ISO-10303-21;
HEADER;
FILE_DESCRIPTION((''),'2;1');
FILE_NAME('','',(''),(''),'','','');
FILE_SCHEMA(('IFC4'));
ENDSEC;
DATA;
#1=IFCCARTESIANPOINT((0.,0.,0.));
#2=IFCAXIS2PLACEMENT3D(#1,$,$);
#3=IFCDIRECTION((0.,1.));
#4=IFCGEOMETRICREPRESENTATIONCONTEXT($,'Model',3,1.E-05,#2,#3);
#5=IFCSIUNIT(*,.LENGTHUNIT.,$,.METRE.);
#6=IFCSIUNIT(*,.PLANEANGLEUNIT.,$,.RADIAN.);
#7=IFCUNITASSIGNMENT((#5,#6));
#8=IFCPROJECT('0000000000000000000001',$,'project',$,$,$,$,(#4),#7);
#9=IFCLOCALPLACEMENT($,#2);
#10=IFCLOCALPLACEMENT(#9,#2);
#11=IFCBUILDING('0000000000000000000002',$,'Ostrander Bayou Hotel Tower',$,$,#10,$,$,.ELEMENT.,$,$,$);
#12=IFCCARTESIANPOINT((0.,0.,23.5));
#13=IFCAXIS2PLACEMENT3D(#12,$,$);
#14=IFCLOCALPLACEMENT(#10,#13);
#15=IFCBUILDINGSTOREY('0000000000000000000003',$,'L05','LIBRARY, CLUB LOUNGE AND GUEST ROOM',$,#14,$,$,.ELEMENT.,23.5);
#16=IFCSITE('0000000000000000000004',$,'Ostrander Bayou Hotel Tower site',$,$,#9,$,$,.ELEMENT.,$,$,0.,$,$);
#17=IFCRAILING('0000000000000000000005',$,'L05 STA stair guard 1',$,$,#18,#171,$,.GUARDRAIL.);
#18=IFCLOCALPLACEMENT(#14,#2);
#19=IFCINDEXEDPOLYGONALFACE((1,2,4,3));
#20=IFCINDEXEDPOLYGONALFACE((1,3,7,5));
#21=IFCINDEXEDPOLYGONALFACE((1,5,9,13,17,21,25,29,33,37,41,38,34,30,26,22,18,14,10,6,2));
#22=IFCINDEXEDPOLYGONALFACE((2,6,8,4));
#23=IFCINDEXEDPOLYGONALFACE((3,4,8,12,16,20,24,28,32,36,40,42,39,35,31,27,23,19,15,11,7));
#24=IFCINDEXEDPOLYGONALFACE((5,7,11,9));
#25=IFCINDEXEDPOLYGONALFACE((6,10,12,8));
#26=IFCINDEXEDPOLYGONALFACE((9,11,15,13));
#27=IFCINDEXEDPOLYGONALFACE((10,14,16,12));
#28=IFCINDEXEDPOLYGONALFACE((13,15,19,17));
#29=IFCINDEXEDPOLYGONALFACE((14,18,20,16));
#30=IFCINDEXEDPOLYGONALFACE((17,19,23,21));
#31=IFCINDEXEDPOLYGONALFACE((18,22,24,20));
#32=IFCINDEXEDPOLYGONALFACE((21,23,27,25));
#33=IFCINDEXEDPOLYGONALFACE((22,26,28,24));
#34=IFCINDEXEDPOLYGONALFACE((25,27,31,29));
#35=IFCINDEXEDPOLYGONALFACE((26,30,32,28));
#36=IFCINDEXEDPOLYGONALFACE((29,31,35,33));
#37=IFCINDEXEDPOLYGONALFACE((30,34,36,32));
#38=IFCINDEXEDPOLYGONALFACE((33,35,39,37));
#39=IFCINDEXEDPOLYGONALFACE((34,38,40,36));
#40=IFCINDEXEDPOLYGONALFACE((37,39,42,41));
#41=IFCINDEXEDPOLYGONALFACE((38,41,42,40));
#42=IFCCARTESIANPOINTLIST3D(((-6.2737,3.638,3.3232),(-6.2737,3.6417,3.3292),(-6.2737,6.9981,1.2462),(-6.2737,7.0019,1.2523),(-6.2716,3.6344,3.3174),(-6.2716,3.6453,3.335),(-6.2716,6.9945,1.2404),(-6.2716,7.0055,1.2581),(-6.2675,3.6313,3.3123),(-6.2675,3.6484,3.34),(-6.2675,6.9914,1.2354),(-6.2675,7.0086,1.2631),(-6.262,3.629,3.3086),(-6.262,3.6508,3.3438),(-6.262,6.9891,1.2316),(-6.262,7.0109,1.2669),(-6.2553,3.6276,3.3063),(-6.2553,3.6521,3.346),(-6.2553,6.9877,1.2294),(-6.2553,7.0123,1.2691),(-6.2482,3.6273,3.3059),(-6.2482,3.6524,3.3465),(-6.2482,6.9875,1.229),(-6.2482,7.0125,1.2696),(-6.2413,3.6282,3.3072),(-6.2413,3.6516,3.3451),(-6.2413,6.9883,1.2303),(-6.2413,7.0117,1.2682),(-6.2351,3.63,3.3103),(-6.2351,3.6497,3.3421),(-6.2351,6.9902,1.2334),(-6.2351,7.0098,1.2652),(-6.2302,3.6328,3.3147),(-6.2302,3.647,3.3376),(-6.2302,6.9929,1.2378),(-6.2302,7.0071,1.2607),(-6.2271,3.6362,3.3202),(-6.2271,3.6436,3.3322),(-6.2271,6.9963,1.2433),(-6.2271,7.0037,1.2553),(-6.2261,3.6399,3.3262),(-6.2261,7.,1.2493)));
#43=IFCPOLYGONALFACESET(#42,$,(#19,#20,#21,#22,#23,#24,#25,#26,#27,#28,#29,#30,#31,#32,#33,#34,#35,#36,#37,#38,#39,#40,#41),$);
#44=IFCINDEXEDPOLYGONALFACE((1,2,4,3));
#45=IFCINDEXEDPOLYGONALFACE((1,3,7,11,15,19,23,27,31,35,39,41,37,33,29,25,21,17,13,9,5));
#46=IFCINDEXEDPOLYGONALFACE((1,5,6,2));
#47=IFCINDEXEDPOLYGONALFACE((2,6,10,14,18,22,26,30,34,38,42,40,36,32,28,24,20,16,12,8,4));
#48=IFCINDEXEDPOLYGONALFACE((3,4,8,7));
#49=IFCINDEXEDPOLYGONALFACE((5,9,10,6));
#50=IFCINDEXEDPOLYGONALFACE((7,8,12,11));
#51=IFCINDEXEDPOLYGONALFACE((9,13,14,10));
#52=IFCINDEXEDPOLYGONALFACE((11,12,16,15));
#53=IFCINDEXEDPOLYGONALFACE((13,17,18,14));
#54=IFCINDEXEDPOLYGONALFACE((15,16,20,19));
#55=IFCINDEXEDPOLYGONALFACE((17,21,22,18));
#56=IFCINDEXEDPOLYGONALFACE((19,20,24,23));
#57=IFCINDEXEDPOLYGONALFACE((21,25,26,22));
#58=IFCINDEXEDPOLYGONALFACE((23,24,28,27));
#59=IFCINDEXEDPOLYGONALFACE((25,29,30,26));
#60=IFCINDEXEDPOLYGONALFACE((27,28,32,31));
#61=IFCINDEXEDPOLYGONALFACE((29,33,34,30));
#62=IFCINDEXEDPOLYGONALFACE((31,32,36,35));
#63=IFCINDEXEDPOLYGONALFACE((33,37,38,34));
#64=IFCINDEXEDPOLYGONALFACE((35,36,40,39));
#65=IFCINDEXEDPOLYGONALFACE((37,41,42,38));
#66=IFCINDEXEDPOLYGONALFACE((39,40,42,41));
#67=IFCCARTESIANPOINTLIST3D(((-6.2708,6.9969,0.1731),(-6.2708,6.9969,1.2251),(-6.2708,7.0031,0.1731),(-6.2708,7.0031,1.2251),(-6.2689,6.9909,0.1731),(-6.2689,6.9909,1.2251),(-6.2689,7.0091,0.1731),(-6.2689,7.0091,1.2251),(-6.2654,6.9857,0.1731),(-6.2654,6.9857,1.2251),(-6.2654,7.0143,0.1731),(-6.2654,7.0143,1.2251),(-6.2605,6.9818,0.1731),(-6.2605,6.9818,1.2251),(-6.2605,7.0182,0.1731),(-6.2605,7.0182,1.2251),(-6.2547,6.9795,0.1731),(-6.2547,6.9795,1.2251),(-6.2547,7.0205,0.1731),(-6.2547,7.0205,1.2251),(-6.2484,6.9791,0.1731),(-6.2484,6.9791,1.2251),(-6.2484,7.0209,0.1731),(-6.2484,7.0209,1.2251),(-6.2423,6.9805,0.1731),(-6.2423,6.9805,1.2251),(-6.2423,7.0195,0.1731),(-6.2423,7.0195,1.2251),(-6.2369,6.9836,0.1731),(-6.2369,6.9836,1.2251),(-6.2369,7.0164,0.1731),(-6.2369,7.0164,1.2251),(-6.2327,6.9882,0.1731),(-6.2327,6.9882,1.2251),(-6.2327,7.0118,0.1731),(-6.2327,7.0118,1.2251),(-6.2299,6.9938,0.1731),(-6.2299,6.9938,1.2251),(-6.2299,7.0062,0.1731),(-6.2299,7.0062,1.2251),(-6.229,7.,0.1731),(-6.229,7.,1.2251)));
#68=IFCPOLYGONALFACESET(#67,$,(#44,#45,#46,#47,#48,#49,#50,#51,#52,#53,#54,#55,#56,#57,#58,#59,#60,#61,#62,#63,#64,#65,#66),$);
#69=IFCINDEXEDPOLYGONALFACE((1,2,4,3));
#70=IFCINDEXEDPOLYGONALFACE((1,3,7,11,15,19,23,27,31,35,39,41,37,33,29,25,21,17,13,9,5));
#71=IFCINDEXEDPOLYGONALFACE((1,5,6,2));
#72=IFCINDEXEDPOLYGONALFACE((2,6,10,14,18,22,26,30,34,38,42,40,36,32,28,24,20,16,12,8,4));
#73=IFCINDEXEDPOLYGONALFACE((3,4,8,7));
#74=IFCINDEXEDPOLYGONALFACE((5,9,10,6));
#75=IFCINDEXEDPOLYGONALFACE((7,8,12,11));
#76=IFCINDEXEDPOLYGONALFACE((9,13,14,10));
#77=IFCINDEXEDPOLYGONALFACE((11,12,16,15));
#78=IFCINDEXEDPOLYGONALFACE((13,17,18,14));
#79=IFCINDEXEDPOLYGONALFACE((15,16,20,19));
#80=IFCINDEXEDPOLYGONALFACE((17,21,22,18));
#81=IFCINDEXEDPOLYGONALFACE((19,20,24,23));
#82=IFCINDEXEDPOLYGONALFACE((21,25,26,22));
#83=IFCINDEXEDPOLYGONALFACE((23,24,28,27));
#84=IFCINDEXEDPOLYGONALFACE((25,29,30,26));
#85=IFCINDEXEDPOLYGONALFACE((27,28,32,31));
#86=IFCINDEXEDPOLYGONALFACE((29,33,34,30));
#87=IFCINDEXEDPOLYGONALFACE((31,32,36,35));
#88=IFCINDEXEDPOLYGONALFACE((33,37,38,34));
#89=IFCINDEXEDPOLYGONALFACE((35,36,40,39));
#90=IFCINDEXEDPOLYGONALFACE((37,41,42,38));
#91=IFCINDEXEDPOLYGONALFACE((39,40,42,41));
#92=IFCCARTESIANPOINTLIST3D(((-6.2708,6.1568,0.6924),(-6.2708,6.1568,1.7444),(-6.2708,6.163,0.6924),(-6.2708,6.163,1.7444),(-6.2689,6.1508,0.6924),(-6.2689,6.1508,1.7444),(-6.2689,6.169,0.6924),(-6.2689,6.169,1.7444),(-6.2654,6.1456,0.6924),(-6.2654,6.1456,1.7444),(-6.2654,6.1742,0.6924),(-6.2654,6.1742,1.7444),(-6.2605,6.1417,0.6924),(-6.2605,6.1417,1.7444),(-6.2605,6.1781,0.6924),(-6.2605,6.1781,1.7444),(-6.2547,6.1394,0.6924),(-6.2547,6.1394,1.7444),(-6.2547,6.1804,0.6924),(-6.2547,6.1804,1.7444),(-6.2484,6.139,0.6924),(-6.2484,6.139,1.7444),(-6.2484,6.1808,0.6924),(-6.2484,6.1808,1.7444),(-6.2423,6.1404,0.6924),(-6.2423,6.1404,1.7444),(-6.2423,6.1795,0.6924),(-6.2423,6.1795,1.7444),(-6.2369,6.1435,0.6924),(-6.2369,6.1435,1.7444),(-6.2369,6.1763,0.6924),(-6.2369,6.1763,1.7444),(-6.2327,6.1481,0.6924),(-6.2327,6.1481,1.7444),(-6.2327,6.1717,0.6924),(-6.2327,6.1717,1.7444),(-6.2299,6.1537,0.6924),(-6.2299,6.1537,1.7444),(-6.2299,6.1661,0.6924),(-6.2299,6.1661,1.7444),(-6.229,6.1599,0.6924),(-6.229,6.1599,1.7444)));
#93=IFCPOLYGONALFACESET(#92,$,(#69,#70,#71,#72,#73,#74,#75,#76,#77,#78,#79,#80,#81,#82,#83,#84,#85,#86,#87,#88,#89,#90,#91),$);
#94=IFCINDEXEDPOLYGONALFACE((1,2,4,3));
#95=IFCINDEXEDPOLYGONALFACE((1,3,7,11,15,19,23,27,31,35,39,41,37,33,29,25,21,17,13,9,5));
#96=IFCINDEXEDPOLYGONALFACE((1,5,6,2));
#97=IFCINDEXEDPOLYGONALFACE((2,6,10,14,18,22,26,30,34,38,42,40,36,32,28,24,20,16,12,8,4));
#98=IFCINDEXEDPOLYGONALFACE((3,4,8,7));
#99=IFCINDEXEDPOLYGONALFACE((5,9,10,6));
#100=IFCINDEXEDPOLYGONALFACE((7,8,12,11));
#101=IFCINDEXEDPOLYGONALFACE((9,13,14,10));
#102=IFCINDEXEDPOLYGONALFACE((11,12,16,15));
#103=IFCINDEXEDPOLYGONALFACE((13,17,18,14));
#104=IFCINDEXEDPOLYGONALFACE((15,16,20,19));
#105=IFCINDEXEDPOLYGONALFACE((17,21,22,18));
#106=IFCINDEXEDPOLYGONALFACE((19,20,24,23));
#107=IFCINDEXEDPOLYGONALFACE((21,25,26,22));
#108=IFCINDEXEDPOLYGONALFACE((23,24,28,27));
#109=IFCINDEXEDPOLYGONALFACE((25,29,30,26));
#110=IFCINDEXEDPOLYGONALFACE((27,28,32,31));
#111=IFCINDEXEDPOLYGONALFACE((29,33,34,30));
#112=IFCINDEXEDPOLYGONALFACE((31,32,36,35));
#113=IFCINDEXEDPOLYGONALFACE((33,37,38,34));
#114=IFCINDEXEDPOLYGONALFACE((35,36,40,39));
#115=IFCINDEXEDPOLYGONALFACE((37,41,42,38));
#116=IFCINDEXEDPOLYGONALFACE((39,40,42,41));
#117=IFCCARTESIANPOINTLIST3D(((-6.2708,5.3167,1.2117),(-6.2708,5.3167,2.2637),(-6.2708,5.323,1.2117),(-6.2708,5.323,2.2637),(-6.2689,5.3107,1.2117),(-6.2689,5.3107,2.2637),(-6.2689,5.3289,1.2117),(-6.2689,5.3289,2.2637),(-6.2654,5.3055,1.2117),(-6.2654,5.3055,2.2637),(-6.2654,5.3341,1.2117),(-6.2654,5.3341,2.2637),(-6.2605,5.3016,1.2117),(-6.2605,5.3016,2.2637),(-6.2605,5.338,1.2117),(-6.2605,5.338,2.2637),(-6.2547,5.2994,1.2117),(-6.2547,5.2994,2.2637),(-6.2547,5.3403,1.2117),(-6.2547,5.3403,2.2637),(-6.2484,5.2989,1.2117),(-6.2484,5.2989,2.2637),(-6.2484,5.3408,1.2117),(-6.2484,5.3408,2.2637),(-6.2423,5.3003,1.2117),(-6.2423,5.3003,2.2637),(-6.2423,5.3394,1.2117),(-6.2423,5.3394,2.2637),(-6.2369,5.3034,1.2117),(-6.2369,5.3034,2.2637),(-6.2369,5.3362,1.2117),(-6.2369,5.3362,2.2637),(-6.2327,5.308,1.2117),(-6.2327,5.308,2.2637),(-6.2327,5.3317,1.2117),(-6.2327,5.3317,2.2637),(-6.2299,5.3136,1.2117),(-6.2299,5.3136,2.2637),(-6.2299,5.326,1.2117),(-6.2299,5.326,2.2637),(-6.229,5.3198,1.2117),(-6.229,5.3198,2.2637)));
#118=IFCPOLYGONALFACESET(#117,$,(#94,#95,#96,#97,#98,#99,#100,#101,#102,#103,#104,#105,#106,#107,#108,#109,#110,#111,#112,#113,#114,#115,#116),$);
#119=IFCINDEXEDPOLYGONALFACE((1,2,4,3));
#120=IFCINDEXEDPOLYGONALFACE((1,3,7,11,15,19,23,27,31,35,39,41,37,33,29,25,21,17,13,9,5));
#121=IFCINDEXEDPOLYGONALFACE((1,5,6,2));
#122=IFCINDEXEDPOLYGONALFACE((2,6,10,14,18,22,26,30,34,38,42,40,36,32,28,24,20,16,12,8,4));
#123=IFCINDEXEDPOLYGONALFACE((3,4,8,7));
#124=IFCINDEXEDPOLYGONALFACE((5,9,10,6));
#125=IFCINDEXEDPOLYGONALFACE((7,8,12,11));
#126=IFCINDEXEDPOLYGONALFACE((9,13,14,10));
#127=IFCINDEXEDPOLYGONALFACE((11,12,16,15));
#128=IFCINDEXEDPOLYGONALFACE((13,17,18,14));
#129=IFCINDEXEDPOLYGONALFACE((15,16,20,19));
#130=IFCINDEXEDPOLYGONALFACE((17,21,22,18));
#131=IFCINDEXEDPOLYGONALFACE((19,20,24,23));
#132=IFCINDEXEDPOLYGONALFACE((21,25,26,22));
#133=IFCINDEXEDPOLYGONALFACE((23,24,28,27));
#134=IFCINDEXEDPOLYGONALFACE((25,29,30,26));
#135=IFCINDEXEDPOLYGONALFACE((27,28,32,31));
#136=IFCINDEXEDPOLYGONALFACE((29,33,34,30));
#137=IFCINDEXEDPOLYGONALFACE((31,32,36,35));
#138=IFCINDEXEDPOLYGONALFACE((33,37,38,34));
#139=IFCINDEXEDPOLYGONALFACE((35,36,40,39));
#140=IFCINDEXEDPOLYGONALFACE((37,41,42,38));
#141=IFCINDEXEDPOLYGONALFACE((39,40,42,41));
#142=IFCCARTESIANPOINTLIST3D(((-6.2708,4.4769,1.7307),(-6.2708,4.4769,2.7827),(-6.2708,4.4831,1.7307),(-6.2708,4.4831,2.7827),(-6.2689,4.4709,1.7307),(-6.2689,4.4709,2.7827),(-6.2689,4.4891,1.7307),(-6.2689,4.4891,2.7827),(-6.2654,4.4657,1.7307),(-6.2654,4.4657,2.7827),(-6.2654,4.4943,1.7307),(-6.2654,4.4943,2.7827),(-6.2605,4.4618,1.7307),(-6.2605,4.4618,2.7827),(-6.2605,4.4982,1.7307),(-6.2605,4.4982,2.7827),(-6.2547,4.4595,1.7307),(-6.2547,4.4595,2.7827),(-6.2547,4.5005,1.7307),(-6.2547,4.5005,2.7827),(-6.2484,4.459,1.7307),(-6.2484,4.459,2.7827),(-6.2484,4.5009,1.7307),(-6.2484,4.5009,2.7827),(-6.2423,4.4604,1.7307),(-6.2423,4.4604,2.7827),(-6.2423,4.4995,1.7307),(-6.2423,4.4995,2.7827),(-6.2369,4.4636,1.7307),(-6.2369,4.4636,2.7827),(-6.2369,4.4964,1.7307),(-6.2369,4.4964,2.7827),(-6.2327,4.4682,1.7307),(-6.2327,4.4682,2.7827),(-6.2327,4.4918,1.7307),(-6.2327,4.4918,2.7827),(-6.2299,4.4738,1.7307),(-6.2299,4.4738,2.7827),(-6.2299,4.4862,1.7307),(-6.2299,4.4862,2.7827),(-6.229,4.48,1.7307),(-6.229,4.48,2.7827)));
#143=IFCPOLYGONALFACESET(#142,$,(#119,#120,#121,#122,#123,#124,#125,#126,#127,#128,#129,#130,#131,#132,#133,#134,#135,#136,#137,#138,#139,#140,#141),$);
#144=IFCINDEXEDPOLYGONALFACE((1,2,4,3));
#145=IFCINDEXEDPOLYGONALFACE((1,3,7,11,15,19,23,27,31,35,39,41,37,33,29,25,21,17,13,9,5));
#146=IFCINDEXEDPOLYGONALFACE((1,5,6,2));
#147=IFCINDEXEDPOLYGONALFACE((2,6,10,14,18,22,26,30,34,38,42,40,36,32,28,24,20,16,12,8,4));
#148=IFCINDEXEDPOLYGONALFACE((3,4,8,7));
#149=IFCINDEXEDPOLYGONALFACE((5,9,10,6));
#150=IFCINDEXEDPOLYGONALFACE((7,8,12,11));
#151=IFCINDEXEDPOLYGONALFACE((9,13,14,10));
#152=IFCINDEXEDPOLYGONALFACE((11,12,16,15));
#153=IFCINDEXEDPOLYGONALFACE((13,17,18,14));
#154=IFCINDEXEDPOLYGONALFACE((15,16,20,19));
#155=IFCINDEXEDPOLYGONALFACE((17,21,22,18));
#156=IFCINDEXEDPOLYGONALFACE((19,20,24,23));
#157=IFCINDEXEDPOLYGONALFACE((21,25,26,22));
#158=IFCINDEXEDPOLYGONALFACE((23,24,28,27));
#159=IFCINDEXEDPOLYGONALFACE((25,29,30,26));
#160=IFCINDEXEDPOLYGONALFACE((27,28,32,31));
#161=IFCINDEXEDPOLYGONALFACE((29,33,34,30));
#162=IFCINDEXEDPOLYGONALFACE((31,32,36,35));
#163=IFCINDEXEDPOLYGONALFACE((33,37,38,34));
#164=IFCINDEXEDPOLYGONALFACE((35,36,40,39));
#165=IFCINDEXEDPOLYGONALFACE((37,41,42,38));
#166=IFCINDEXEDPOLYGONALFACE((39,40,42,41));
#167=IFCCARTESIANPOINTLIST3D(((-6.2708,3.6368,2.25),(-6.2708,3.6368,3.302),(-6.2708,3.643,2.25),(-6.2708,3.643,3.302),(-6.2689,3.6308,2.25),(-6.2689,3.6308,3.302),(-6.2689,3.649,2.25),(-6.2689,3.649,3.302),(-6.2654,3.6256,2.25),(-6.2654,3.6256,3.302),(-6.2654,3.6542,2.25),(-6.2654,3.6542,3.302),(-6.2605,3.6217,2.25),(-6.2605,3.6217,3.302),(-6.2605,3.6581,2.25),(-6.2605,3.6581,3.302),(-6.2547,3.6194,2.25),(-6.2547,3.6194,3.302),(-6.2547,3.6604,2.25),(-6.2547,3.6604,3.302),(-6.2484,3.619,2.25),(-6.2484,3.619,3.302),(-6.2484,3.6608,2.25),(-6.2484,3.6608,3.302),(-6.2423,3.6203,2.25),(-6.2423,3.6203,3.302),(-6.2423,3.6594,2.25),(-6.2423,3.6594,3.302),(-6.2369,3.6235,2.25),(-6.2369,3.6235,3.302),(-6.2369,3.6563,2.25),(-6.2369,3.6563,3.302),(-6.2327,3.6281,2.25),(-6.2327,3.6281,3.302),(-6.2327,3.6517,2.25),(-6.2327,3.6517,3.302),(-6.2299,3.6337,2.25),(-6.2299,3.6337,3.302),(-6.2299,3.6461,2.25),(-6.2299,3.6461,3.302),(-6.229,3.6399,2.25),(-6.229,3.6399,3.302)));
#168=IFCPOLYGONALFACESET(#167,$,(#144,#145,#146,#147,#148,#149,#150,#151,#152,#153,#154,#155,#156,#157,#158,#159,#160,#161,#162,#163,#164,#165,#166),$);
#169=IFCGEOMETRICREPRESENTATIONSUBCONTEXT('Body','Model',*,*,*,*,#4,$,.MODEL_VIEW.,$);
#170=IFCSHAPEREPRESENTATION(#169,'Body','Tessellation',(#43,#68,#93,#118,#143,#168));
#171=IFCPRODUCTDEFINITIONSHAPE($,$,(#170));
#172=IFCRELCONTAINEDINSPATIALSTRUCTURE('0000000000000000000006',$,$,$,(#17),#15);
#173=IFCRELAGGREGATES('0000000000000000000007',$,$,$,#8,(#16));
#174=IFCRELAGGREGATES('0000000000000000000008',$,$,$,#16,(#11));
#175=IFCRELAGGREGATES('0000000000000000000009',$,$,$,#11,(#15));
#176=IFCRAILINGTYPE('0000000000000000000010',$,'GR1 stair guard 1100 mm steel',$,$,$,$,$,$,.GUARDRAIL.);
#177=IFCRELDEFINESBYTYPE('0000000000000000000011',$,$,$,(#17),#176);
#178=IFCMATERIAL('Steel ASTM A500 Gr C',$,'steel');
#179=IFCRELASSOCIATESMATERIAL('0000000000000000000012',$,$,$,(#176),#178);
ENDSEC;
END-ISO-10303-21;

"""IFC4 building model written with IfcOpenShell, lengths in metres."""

from ifc_helpers import new_model, si_unit, direction, frame, origin, origin_2d, place, context, subcontext, project, spatial, circle, extrude, material, type_object, element, save


model = new_model("IFC4")

# Units and contexts
model_context = context("Model", 3, precision=1e-05, world=origin(), true_north=direction((0.0, 1.0)))
body_context = subcontext(model_context, "Body", "Model", "MODEL_VIEW")
ifc_project = project(units=[si_unit("LENGTHUNIT", "METRE"), si_unit("PLANEANGLEUNIT", "RADIAN")], contexts=[model_context])

# Site, building, storey
site_placement = place(None, origin())
site = spatial("IfcSite", under=ifc_project, at=site_placement, Name="Ostrander Bayou Hotel Tower site", CompositionType="ELEMENT", RefElevation=0.0)
building_placement = place(site_placement, origin())
building = spatial("IfcBuilding", under=site, at=building_placement, Name="Ostrander Bayou Hotel Tower", CompositionType="ELEMENT")
storey_placement = place(building_placement, frame((0.0, 0.0, 23.5)))
storey = spatial("IfcBuildingStorey", under=building, at=storey_placement, Name="L05", Description="LIBRARY, CLUB LOUNGE AND GUEST ROOM", CompositionType="ELEMENT", Elevation=23.5)

# Railing
ifc_material_1 = material(Name="Steel ASTM A500 Gr C", Category="steel")
railing_type_1 = type_object("IfcRailingType", Name="GR1 stair guard 1100 mm steel", PredefinedType="GUARDRAIL", material=ifc_material_1)
railing_1_placement = place(storey_placement, frame((-6.25, 7.0, 0.1731)))
element("IfcRailing", 1, at=railing_1_placement, inside=storey, type_object=railing_type_1, Name="L05 STA stair guard 1", PredefinedType="GUARDRAIL", context=body_context, shape_type="SweptSolid", body=[
    extrude(circle(Radius=0.0239, at=origin_2d()), frame((0.0, 0.0, 1.0762), z_axis=(0.0, -0.850623, 0.525776), x_axis=(1.0, 0.0, 0.0)), (0.0, 0.0, 1.0), 3.9502),
    extrude(circle(Radius=0.021, at=origin_2d()), origin(), (0.0, 0.0, 1.0), 1.052),
    extrude(circle(Radius=0.021, at=origin_2d()), frame((0.0, -0.8401, 0.5193)), (0.0, 0.0, 1.0), 1.052),
    extrude(circle(Radius=0.021, at=origin_2d()), frame((0.0, -1.6802, 1.0386)), (0.0, 0.0, 1.0), 1.052),
    extrude(circle(Radius=0.021, at=origin_2d()), frame((0.0, -2.52, 1.5576)), (0.0, 0.0, 1.0), 1.052),
    extrude(circle(Radius=0.021, at=origin_2d()), frame((0.0, -3.3601, 2.0769)), (0.0, 0.0, 1.0), 1.052),
])

save(model, "model.ifc")
